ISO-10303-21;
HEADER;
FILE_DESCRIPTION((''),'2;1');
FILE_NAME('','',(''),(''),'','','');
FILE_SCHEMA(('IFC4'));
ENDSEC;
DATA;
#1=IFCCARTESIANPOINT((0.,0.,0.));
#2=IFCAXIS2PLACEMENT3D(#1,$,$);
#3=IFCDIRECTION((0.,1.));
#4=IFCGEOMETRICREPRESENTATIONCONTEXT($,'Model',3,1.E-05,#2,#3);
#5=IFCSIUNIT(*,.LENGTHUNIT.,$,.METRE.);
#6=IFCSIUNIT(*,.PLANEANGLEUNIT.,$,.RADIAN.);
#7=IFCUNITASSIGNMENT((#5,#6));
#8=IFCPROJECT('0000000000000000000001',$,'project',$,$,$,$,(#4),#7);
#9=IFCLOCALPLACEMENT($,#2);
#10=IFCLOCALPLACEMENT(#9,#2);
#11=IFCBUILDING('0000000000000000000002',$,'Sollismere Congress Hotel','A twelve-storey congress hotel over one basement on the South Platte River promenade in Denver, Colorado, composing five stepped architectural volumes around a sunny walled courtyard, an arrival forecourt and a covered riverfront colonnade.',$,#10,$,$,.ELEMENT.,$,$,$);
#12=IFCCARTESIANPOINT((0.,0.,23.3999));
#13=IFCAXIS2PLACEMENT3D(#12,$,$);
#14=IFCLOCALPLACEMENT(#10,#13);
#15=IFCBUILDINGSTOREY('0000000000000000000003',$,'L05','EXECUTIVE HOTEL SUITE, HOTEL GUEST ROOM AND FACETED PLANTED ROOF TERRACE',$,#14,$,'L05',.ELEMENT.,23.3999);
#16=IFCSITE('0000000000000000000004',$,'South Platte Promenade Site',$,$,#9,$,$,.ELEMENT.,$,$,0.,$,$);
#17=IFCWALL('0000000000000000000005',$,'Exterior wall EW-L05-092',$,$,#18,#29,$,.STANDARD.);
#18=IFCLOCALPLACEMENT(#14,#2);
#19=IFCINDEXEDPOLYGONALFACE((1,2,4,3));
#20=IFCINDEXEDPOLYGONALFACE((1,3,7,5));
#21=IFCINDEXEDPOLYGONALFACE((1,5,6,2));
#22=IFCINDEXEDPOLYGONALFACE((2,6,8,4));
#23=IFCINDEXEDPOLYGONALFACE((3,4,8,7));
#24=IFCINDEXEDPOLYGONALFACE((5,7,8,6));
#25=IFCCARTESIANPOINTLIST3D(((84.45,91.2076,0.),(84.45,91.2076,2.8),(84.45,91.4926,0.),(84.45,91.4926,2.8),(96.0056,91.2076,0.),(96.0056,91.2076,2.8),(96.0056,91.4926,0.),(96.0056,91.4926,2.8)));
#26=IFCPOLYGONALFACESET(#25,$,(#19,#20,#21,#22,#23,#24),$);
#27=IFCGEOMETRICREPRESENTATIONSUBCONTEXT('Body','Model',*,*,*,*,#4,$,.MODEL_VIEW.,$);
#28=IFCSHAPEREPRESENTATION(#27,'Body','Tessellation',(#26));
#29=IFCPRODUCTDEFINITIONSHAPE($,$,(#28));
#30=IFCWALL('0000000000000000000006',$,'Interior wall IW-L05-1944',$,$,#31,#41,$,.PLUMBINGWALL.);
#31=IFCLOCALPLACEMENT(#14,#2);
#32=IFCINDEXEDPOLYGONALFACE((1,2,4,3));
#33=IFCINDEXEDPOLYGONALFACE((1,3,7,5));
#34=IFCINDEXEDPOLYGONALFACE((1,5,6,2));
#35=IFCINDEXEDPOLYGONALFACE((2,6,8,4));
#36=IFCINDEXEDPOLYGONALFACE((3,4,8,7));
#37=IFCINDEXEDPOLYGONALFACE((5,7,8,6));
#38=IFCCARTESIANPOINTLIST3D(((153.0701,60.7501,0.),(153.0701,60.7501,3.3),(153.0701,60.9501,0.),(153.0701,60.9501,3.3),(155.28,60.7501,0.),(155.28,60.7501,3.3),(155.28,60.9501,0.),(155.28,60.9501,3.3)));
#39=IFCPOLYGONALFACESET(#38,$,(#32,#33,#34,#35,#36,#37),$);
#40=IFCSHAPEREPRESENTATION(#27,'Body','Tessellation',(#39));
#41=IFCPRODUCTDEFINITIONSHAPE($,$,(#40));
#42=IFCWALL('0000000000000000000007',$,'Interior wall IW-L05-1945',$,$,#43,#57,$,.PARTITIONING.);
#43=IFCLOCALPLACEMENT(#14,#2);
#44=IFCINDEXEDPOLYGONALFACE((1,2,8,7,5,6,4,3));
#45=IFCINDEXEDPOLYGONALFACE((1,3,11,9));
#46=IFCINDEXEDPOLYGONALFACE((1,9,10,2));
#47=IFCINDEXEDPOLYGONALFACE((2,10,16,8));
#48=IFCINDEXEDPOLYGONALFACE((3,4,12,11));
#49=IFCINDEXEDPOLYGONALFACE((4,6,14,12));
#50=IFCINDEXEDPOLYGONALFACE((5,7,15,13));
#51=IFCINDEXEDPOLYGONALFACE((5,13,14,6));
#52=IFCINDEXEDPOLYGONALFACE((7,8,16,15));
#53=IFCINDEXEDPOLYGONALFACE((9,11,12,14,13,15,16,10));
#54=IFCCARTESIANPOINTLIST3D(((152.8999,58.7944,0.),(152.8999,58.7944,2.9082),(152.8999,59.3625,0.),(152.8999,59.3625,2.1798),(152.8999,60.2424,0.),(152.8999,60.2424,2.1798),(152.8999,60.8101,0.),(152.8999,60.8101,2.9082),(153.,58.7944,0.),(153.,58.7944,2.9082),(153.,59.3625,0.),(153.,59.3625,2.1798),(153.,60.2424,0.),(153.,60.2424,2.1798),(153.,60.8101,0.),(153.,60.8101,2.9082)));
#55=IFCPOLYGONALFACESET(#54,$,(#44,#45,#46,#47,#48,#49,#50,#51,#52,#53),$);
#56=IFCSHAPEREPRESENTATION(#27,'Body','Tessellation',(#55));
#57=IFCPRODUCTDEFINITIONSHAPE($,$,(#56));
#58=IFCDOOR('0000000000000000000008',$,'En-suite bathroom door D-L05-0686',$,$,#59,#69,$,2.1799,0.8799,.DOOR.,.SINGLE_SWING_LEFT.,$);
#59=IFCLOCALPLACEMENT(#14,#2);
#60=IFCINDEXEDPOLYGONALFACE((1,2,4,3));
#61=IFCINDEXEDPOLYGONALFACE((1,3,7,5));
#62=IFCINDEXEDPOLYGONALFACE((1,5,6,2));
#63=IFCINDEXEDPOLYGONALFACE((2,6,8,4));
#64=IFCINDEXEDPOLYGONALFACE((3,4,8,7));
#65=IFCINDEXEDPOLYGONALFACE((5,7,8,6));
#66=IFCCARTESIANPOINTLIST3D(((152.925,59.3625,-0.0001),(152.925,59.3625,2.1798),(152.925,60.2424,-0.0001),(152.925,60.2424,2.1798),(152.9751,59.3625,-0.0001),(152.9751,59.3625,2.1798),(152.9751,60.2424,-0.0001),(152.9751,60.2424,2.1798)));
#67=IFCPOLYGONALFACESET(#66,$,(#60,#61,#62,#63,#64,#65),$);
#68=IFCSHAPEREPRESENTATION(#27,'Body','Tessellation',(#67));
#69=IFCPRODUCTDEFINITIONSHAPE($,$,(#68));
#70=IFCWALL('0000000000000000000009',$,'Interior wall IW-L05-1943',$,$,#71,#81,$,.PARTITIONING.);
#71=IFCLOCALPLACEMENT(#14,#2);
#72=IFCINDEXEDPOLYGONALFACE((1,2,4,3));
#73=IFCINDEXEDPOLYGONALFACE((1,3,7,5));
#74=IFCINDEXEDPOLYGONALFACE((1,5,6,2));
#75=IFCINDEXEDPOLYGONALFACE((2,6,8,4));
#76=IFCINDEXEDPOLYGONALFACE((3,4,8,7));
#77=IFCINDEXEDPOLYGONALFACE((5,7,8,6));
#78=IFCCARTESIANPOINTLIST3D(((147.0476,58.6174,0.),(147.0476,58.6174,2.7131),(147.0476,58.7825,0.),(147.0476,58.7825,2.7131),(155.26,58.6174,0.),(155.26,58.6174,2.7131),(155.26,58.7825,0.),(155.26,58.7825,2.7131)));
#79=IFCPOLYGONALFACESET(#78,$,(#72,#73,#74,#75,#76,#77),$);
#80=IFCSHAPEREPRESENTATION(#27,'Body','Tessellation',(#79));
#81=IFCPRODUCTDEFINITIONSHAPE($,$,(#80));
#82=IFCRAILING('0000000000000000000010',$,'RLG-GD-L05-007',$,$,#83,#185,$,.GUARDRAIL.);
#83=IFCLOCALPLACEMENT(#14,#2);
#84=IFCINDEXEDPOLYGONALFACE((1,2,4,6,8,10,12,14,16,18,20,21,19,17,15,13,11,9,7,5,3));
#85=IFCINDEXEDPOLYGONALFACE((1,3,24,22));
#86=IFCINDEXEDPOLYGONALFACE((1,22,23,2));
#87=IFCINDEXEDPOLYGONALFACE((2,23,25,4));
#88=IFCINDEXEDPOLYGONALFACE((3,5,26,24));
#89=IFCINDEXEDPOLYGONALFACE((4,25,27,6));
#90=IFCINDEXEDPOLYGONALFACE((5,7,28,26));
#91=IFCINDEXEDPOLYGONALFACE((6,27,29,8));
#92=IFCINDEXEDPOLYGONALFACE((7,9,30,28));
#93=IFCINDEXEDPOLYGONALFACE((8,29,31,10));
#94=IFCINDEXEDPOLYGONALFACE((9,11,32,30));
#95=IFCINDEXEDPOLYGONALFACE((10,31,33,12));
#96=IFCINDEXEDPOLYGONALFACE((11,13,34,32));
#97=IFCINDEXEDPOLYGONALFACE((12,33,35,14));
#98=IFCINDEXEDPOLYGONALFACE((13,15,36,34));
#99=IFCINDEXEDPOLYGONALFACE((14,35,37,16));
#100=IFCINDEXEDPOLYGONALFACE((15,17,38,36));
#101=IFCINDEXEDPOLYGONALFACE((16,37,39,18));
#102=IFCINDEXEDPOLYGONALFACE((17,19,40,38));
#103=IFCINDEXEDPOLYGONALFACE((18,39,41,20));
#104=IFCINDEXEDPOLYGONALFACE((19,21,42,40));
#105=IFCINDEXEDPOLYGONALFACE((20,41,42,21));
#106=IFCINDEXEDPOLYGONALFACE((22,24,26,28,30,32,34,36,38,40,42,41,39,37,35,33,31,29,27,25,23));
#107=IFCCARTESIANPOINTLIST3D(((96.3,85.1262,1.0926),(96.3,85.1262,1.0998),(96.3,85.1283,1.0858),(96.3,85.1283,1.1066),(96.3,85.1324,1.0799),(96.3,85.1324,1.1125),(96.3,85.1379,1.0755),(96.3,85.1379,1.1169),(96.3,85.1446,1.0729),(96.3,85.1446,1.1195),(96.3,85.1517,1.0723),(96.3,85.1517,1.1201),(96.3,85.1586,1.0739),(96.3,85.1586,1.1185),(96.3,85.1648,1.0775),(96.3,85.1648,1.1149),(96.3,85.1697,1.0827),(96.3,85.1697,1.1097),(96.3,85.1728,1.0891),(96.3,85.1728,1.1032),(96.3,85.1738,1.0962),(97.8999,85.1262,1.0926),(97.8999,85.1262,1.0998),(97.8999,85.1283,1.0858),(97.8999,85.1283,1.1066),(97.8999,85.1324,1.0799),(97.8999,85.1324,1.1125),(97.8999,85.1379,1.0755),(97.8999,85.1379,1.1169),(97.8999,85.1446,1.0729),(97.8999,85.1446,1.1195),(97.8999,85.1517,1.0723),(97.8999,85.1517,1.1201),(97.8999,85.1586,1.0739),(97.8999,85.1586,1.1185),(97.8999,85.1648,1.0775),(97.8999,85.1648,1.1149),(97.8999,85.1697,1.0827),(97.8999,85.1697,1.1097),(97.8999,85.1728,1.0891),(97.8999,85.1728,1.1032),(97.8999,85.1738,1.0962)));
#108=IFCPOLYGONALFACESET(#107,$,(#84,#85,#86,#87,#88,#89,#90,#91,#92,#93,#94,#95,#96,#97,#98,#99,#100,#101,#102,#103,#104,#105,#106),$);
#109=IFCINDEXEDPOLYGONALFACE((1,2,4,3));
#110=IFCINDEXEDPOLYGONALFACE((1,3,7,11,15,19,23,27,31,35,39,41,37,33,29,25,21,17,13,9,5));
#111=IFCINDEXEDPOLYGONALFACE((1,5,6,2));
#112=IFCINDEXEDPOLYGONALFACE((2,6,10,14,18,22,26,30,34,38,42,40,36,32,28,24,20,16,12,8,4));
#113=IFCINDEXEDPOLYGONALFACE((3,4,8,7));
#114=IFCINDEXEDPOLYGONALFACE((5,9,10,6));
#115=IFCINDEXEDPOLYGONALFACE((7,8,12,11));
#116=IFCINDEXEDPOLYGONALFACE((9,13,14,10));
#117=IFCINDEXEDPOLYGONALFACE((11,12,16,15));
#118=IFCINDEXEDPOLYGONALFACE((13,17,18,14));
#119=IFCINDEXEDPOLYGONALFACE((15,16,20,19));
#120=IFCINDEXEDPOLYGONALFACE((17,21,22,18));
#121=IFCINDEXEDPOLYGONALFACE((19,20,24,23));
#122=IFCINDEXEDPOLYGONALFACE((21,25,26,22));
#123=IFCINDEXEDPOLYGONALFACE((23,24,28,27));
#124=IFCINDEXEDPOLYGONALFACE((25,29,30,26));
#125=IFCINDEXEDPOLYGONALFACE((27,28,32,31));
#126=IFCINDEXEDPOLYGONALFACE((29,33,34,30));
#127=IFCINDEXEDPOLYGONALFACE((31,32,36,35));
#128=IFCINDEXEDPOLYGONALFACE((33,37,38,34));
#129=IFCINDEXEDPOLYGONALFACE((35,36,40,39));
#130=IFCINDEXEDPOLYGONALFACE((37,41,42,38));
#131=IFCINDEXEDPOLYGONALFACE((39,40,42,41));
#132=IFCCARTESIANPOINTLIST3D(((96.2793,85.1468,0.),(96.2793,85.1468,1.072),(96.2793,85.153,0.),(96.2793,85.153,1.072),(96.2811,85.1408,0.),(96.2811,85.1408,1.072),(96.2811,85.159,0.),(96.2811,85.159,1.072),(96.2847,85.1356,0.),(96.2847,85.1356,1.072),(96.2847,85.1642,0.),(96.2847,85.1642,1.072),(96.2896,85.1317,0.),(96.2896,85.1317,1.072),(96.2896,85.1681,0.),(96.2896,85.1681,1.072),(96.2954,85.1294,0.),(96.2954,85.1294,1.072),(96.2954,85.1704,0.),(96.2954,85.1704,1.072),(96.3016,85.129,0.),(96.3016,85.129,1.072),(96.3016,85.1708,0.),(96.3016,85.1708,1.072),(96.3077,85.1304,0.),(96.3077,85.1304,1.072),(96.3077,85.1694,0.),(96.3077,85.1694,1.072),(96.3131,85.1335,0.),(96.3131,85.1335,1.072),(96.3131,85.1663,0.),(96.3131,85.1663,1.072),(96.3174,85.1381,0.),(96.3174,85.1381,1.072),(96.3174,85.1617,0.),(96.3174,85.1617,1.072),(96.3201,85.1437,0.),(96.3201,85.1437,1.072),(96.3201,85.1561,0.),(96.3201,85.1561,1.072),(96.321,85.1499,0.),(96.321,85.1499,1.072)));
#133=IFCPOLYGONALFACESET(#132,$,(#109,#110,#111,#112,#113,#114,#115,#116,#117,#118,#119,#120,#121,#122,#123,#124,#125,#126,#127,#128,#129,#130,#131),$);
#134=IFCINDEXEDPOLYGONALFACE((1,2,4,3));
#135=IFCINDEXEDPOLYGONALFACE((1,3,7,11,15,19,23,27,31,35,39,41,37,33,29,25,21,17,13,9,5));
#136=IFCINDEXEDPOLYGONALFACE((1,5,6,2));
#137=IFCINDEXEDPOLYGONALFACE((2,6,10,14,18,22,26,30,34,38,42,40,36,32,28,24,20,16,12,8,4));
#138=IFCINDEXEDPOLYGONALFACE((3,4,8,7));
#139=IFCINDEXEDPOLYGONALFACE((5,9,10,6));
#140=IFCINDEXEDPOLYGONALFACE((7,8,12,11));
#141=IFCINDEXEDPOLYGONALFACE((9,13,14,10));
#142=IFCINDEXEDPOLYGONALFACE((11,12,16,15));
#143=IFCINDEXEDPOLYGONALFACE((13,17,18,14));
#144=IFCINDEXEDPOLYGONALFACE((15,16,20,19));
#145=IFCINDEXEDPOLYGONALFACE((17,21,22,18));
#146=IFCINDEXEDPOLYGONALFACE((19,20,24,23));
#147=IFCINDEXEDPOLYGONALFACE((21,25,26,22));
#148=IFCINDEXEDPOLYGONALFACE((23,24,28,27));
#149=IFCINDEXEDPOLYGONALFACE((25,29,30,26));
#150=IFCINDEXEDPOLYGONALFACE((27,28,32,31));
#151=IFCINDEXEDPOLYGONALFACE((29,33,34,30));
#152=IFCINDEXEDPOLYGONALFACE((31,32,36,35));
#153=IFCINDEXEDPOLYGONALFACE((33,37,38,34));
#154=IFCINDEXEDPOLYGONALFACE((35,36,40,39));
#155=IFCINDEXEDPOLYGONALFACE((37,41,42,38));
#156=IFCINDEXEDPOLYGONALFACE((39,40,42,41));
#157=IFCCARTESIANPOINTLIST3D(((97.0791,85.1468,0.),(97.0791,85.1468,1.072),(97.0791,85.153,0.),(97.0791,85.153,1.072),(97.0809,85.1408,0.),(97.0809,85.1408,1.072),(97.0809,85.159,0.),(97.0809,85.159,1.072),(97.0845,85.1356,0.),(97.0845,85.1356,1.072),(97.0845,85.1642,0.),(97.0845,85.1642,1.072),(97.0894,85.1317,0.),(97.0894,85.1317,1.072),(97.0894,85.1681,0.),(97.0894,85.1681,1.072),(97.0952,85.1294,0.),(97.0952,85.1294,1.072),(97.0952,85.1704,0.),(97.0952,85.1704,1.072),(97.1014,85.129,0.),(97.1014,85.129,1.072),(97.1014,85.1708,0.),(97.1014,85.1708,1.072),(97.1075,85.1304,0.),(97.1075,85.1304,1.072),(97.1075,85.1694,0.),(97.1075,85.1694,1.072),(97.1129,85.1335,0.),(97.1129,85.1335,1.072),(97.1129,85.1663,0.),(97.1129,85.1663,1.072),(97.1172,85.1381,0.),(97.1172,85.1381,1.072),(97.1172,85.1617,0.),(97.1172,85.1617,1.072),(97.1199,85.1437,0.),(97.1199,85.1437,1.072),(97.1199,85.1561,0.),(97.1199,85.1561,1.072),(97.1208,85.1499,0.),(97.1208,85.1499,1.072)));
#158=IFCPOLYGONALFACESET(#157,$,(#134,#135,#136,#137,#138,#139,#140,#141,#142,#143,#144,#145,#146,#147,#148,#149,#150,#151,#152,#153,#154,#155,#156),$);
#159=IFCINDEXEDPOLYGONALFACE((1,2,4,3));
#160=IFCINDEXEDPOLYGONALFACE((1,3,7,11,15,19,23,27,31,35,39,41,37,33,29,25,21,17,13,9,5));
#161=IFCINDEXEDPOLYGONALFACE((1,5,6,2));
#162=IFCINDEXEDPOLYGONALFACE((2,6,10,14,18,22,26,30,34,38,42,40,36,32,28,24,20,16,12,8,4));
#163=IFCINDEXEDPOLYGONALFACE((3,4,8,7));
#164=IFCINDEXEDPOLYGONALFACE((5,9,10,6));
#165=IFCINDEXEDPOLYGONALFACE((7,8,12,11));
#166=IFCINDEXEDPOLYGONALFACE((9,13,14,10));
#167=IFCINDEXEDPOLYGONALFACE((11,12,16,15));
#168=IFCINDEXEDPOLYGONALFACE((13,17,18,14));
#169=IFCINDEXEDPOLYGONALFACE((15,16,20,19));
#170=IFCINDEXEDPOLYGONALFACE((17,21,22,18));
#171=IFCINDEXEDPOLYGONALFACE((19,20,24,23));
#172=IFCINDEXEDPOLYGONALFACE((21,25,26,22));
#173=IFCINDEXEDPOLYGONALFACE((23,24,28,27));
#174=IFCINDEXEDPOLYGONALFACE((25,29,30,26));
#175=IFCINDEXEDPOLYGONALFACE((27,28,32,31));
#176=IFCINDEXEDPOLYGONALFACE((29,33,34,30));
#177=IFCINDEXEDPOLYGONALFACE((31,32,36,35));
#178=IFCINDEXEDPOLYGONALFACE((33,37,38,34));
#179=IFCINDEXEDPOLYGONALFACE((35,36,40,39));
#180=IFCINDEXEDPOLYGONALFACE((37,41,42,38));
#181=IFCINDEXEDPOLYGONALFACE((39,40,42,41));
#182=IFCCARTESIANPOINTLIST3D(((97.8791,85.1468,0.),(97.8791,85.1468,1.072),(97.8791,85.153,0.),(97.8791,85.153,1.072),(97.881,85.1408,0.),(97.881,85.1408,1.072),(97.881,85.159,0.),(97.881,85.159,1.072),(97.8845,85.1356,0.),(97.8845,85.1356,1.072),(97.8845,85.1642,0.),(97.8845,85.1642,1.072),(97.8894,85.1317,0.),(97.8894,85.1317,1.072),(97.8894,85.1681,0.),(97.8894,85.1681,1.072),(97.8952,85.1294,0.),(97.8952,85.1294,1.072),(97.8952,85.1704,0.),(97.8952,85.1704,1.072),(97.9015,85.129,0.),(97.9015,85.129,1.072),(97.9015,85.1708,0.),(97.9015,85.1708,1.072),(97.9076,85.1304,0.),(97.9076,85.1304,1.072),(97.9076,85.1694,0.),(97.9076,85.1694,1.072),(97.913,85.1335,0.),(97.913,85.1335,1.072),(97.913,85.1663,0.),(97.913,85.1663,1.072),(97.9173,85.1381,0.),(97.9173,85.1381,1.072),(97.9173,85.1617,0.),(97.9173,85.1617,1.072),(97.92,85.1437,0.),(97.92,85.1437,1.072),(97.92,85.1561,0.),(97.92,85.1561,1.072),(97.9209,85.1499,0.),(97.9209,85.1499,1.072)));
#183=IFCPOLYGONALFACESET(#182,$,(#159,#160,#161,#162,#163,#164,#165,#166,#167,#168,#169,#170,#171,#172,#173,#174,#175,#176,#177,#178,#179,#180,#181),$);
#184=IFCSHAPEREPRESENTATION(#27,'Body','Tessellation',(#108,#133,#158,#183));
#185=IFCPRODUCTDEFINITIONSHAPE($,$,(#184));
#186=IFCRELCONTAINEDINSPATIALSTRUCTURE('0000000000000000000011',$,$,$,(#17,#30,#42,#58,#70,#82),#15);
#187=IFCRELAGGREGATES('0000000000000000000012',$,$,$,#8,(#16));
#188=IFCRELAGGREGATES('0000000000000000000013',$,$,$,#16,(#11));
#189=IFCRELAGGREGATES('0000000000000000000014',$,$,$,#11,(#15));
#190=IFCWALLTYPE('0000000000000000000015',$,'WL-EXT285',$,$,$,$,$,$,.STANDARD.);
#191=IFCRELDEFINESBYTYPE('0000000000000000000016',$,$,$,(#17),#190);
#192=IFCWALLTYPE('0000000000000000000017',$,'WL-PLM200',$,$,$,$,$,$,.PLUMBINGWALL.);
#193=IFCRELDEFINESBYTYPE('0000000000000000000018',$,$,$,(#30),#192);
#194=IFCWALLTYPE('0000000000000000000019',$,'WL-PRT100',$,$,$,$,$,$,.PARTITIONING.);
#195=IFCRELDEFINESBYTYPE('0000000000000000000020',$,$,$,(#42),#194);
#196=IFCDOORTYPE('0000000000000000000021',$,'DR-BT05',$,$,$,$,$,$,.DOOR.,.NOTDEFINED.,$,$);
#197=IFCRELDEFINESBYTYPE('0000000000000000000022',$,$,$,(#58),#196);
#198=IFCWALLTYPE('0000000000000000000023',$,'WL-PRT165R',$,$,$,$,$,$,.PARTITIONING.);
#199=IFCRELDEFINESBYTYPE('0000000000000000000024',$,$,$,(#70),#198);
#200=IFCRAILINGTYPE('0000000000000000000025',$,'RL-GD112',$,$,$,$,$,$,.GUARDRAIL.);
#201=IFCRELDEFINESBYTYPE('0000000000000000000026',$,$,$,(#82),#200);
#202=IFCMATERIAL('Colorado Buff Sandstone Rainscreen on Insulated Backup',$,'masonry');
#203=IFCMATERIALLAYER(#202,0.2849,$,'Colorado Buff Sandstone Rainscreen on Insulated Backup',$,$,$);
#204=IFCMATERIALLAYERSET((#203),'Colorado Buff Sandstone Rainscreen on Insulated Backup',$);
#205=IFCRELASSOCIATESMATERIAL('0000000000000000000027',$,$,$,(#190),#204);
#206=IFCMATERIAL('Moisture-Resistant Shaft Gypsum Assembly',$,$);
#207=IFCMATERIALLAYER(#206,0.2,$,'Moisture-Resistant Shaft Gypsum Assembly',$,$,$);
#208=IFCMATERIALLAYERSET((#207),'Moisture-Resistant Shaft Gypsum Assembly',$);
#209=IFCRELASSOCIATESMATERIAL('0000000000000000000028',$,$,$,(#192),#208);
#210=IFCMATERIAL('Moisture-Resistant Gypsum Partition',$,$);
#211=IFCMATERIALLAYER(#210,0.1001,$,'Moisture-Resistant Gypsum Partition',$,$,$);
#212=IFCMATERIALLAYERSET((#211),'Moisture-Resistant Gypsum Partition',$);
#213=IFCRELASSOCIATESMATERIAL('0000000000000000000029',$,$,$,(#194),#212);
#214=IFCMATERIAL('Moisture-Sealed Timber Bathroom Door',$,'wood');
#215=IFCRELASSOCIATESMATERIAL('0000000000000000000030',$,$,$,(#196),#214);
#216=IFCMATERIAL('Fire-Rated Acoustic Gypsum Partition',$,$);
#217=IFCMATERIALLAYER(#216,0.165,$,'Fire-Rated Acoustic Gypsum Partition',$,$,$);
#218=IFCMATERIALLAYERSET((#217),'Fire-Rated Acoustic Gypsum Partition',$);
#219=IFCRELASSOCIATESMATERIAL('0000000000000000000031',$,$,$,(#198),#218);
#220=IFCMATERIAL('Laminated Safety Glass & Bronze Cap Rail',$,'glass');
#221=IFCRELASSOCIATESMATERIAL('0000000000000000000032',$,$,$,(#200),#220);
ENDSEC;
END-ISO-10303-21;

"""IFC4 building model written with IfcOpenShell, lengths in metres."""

from ifc_helpers import new_model, si_unit, direction, frame, frame_2d, origin, origin_2d, place, context, subcontext, project, spatial, rectangle, circle, extrude, material, layer, layer_set, type_object, element, fill, save


model = new_model("IFC4")

# Units and contexts
model_context = context("Model", 3, precision=1e-05, world=origin(), true_north=direction((0.0, 1.0)))
body_context = subcontext(model_context, "Body", "Model", "MODEL_VIEW")
ifc_project = project(units=[si_unit("LENGTHUNIT", "METRE"), si_unit("PLANEANGLEUNIT", "RADIAN")], contexts=[model_context])

# Site, building, storey
site_placement = place(None, origin())
site = spatial("IfcSite", under=ifc_project, at=site_placement, Name="South Platte Promenade Site", CompositionType="ELEMENT", RefElevation=0.0)
building_placement = place(site_placement, origin())
building = spatial("IfcBuilding", under=site, at=building_placement, Name="Sollismere Congress Hotel", Description="A twelve-storey congress hotel over one basement on the South Platte River promenade in Denver, Colorado, composing five stepped architectural volumes around a sunny walled courtyard, an arrival forecourt and a covered riverfront colonnade.", CompositionType="ELEMENT")
storey_placement = place(building_placement, frame((0.0, 0.0, 23.3999)))
storey = spatial("IfcBuildingStorey", under=building, at=storey_placement, Name="L05", Description="EXECUTIVE HOTEL SUITE, HOTEL GUEST ROOM AND FACETED PLANTED ROOF TERRACE", LongName="L05", CompositionType="ELEMENT", Elevation=23.3999)

# Walls
ifc_material_1 = material(Name="Colorado Buff Sandstone Rainscreen on Insulated Backup", Category="masonry")
ifc_layer_1 = layer(ifc_material_1, 0.2849, Name="Colorado Buff Sandstone Rainscreen on Insulated Backup")
ifc_layer_set_1 = layer_set([ifc_layer_1], Name="Colorado Buff Sandstone Rainscreen on Insulated Backup")
wall_type_1 = type_object("IfcWallType", Name="WL-EXT285", PredefinedType="STANDARD", material=ifc_layer_set_1)
wall_1_placement = place(storey_placement, frame((96.0056, 91.3501, 0.0), z_axis=(0.0, 0.0, 1.0), x_axis=(-1.0, 0.0, 0.0)))
element("IfcWall", 1, at=wall_1_placement, inside=storey, type_object=wall_type_1, Name="Exterior wall EW-L05-092", PredefinedType="STANDARD", context=body_context, shape_type="SweptSolid", body=[
    extrude(rectangle(XDim=11.5557, YDim=0.2849, at=frame_2d((5.7778, 0.0))), origin(), (0.0, 0.0, 1.0), 2.8),
])
ifc_material_2 = material(Name="Moisture-Resistant Shaft Gypsum Assembly")
ifc_layer_2 = layer(ifc_material_2, 0.2, Name="Moisture-Resistant Shaft Gypsum Assembly")
ifc_layer_set_2 = layer_set([ifc_layer_2], Name="Moisture-Resistant Shaft Gypsum Assembly")
wall_type_2 = type_object("IfcWallType", Name="WL-PLM200", PredefinedType="PLUMBINGWALL", material=ifc_layer_set_2)
wall_2_placement = place(storey_placement, frame((153.0701, 60.8501, 0.0), z_axis=(0.0, 0.0, 1.0), x_axis=(1.0, 0.0, 0.0)))
element("IfcWall", 2, at=wall_2_placement, inside=storey, type_object=wall_type_2, Name="Interior wall IW-L05-1944", PredefinedType="PLUMBINGWALL", context=body_context, shape_type="SweptSolid", body=[
    extrude(rectangle(XDim=2.21, YDim=0.2, at=frame_2d((1.105, 0.0))), origin(), (0.0, 0.0, 1.0), 3.3),
])

# Wall, opening, door
ifc_material_3 = material(Name="Moisture-Resistant Gypsum Partition")
ifc_layer_3 = layer(ifc_material_3, 0.1001, Name="Moisture-Resistant Gypsum Partition")
ifc_layer_set_3 = layer_set([ifc_layer_3], Name="Moisture-Resistant Gypsum Partition")
wall_type_3 = type_object("IfcWallType", Name="WL-PRT100", PredefinedType="PARTITIONING", material=ifc_layer_set_3)
wall_3_placement = place(storey_placement, frame((152.95, 58.7944, 0.0), z_axis=(0.0, 0.0, 1.0), x_axis=(0.0, 1.0, 0.0)))
wall_3 = element("IfcWall", 3, at=wall_3_placement, inside=storey, type_object=wall_type_3, Name="Interior wall IW-L05-1945", PredefinedType="PARTITIONING", context=body_context, shape_type="SweptSolid", body=[
    extrude(rectangle(XDim=2.0156, YDim=0.1001, at=frame_2d((1.0078, 0.0))), origin(), (0.0, 0.0, 1.0), 2.9082),
])
opening_placement = place(wall_3_placement, frame((0.5681, 0.0, 0.0)))
opening = element("IfcOpeningElement", 4, at=opening_placement, cuts=wall_3, PredefinedType="OPENING", context=body_context, shape_type="SweptSolid", body=[
    extrude(rectangle(XDim=0.8799, YDim=2.1799, at=frame_2d((0.4399, 1.0898))), frame((0.0, 0.0601, 0.0), z_axis=(0.0, -1.0, 0.0), x_axis=(1.0, 0.0, 0.0)), (0.0, 0.0, 1.0), 0.1201),
])
ifc_material_4 = material(Name="Moisture-Sealed Timber Bathroom Door", Category="wood")
door_type = type_object("IfcDoorType", Name="DR-BT05", OperationType="NOTDEFINED", PredefinedType="DOOR", material=ifc_material_4)
door_placement = place(opening_placement, origin())
door = element("IfcDoor", 5, at=door_placement, inside=storey, type_object=door_type, Name="En-suite bathroom door D-L05-0686", OperationType="SINGLE_SWING_LEFT", OverallHeight=2.1799, OverallWidth=0.8799, PredefinedType="DOOR", context=body_context, shape_type="SweptSolid", body=[
    extrude(rectangle(XDim=0.8799, YDim=2.1799, at=frame_2d((0.4399, 1.0898))), frame((0.0, 0.0249, 0.0), z_axis=(0.0, -1.0, 0.0), x_axis=(1.0, 0.0, 0.0)), (0.0, 0.0, 1.0), 0.05),
])
fill(opening, door)

# Wall
ifc_material_5 = material(Name="Fire-Rated Acoustic Gypsum Partition")
ifc_layer_4 = layer(ifc_material_5, 0.165, Name="Fire-Rated Acoustic Gypsum Partition")
ifc_layer_set_4 = layer_set([ifc_layer_4], Name="Fire-Rated Acoustic Gypsum Partition")
wall_type_4 = type_object("IfcWallType", Name="WL-PRT165R", PredefinedType="PARTITIONING", material=ifc_layer_set_4)
wall_4_placement = place(storey_placement, frame((147.0476, 58.7, 0.0), z_axis=(0.0, 0.0, 1.0), x_axis=(1.0, 0.0, 0.0)))
element("IfcWall", 6, at=wall_4_placement, inside=storey, type_object=wall_type_4, Name="Interior wall IW-L05-1943", PredefinedType="PARTITIONING", context=body_context, shape_type="SweptSolid", body=[
    extrude(rectangle(XDim=8.2124, YDim=0.165, at=frame_2d((4.1062, 0.0))), origin(), (0.0, 0.0, 1.0), 2.7131),
])

# Railing
ifc_material_6 = material(Name="Laminated Safety Glass & Bronze Cap Rail", Category="glass")
railing_type = type_object("IfcRailingType", Name="RL-GD112", PredefinedType="GUARDRAIL", material=ifc_material_6)
railing_1_placement = place(storey_placement, frame((96.3, 85.1499, 0.0)))
element("IfcRailing", 7, at=railing_1_placement, inside=storey, type_object=railing_type, Name="RLG-GD-L05-007", PredefinedType="GUARDRAIL", context=body_context, shape_type="SweptSolid", body=[
    extrude(circle(Radius=0.0239, at=origin_2d()), frame((0.0, 0.0, 1.0962), z_axis=(1.0, 0.0, 0.0), x_axis=(0.0, 1.0, 0.0)), (0.0, 0.0, 1.0), 1.5999),
    extrude(circle(Radius=0.021, at=origin_2d()), origin(), (0.0, 0.0, 1.0), 1.072),
    extrude(circle(Radius=0.021, at=origin_2d()), frame((0.7998, 0.0, 0.0)), (0.0, 0.0, 1.0), 1.072),
    extrude(circle(Radius=0.021, at=origin_2d()), frame((1.5999, 0.0, 0.0)), (0.0, 0.0, 1.0), 1.072),
])

save(model, "model.ifc")
